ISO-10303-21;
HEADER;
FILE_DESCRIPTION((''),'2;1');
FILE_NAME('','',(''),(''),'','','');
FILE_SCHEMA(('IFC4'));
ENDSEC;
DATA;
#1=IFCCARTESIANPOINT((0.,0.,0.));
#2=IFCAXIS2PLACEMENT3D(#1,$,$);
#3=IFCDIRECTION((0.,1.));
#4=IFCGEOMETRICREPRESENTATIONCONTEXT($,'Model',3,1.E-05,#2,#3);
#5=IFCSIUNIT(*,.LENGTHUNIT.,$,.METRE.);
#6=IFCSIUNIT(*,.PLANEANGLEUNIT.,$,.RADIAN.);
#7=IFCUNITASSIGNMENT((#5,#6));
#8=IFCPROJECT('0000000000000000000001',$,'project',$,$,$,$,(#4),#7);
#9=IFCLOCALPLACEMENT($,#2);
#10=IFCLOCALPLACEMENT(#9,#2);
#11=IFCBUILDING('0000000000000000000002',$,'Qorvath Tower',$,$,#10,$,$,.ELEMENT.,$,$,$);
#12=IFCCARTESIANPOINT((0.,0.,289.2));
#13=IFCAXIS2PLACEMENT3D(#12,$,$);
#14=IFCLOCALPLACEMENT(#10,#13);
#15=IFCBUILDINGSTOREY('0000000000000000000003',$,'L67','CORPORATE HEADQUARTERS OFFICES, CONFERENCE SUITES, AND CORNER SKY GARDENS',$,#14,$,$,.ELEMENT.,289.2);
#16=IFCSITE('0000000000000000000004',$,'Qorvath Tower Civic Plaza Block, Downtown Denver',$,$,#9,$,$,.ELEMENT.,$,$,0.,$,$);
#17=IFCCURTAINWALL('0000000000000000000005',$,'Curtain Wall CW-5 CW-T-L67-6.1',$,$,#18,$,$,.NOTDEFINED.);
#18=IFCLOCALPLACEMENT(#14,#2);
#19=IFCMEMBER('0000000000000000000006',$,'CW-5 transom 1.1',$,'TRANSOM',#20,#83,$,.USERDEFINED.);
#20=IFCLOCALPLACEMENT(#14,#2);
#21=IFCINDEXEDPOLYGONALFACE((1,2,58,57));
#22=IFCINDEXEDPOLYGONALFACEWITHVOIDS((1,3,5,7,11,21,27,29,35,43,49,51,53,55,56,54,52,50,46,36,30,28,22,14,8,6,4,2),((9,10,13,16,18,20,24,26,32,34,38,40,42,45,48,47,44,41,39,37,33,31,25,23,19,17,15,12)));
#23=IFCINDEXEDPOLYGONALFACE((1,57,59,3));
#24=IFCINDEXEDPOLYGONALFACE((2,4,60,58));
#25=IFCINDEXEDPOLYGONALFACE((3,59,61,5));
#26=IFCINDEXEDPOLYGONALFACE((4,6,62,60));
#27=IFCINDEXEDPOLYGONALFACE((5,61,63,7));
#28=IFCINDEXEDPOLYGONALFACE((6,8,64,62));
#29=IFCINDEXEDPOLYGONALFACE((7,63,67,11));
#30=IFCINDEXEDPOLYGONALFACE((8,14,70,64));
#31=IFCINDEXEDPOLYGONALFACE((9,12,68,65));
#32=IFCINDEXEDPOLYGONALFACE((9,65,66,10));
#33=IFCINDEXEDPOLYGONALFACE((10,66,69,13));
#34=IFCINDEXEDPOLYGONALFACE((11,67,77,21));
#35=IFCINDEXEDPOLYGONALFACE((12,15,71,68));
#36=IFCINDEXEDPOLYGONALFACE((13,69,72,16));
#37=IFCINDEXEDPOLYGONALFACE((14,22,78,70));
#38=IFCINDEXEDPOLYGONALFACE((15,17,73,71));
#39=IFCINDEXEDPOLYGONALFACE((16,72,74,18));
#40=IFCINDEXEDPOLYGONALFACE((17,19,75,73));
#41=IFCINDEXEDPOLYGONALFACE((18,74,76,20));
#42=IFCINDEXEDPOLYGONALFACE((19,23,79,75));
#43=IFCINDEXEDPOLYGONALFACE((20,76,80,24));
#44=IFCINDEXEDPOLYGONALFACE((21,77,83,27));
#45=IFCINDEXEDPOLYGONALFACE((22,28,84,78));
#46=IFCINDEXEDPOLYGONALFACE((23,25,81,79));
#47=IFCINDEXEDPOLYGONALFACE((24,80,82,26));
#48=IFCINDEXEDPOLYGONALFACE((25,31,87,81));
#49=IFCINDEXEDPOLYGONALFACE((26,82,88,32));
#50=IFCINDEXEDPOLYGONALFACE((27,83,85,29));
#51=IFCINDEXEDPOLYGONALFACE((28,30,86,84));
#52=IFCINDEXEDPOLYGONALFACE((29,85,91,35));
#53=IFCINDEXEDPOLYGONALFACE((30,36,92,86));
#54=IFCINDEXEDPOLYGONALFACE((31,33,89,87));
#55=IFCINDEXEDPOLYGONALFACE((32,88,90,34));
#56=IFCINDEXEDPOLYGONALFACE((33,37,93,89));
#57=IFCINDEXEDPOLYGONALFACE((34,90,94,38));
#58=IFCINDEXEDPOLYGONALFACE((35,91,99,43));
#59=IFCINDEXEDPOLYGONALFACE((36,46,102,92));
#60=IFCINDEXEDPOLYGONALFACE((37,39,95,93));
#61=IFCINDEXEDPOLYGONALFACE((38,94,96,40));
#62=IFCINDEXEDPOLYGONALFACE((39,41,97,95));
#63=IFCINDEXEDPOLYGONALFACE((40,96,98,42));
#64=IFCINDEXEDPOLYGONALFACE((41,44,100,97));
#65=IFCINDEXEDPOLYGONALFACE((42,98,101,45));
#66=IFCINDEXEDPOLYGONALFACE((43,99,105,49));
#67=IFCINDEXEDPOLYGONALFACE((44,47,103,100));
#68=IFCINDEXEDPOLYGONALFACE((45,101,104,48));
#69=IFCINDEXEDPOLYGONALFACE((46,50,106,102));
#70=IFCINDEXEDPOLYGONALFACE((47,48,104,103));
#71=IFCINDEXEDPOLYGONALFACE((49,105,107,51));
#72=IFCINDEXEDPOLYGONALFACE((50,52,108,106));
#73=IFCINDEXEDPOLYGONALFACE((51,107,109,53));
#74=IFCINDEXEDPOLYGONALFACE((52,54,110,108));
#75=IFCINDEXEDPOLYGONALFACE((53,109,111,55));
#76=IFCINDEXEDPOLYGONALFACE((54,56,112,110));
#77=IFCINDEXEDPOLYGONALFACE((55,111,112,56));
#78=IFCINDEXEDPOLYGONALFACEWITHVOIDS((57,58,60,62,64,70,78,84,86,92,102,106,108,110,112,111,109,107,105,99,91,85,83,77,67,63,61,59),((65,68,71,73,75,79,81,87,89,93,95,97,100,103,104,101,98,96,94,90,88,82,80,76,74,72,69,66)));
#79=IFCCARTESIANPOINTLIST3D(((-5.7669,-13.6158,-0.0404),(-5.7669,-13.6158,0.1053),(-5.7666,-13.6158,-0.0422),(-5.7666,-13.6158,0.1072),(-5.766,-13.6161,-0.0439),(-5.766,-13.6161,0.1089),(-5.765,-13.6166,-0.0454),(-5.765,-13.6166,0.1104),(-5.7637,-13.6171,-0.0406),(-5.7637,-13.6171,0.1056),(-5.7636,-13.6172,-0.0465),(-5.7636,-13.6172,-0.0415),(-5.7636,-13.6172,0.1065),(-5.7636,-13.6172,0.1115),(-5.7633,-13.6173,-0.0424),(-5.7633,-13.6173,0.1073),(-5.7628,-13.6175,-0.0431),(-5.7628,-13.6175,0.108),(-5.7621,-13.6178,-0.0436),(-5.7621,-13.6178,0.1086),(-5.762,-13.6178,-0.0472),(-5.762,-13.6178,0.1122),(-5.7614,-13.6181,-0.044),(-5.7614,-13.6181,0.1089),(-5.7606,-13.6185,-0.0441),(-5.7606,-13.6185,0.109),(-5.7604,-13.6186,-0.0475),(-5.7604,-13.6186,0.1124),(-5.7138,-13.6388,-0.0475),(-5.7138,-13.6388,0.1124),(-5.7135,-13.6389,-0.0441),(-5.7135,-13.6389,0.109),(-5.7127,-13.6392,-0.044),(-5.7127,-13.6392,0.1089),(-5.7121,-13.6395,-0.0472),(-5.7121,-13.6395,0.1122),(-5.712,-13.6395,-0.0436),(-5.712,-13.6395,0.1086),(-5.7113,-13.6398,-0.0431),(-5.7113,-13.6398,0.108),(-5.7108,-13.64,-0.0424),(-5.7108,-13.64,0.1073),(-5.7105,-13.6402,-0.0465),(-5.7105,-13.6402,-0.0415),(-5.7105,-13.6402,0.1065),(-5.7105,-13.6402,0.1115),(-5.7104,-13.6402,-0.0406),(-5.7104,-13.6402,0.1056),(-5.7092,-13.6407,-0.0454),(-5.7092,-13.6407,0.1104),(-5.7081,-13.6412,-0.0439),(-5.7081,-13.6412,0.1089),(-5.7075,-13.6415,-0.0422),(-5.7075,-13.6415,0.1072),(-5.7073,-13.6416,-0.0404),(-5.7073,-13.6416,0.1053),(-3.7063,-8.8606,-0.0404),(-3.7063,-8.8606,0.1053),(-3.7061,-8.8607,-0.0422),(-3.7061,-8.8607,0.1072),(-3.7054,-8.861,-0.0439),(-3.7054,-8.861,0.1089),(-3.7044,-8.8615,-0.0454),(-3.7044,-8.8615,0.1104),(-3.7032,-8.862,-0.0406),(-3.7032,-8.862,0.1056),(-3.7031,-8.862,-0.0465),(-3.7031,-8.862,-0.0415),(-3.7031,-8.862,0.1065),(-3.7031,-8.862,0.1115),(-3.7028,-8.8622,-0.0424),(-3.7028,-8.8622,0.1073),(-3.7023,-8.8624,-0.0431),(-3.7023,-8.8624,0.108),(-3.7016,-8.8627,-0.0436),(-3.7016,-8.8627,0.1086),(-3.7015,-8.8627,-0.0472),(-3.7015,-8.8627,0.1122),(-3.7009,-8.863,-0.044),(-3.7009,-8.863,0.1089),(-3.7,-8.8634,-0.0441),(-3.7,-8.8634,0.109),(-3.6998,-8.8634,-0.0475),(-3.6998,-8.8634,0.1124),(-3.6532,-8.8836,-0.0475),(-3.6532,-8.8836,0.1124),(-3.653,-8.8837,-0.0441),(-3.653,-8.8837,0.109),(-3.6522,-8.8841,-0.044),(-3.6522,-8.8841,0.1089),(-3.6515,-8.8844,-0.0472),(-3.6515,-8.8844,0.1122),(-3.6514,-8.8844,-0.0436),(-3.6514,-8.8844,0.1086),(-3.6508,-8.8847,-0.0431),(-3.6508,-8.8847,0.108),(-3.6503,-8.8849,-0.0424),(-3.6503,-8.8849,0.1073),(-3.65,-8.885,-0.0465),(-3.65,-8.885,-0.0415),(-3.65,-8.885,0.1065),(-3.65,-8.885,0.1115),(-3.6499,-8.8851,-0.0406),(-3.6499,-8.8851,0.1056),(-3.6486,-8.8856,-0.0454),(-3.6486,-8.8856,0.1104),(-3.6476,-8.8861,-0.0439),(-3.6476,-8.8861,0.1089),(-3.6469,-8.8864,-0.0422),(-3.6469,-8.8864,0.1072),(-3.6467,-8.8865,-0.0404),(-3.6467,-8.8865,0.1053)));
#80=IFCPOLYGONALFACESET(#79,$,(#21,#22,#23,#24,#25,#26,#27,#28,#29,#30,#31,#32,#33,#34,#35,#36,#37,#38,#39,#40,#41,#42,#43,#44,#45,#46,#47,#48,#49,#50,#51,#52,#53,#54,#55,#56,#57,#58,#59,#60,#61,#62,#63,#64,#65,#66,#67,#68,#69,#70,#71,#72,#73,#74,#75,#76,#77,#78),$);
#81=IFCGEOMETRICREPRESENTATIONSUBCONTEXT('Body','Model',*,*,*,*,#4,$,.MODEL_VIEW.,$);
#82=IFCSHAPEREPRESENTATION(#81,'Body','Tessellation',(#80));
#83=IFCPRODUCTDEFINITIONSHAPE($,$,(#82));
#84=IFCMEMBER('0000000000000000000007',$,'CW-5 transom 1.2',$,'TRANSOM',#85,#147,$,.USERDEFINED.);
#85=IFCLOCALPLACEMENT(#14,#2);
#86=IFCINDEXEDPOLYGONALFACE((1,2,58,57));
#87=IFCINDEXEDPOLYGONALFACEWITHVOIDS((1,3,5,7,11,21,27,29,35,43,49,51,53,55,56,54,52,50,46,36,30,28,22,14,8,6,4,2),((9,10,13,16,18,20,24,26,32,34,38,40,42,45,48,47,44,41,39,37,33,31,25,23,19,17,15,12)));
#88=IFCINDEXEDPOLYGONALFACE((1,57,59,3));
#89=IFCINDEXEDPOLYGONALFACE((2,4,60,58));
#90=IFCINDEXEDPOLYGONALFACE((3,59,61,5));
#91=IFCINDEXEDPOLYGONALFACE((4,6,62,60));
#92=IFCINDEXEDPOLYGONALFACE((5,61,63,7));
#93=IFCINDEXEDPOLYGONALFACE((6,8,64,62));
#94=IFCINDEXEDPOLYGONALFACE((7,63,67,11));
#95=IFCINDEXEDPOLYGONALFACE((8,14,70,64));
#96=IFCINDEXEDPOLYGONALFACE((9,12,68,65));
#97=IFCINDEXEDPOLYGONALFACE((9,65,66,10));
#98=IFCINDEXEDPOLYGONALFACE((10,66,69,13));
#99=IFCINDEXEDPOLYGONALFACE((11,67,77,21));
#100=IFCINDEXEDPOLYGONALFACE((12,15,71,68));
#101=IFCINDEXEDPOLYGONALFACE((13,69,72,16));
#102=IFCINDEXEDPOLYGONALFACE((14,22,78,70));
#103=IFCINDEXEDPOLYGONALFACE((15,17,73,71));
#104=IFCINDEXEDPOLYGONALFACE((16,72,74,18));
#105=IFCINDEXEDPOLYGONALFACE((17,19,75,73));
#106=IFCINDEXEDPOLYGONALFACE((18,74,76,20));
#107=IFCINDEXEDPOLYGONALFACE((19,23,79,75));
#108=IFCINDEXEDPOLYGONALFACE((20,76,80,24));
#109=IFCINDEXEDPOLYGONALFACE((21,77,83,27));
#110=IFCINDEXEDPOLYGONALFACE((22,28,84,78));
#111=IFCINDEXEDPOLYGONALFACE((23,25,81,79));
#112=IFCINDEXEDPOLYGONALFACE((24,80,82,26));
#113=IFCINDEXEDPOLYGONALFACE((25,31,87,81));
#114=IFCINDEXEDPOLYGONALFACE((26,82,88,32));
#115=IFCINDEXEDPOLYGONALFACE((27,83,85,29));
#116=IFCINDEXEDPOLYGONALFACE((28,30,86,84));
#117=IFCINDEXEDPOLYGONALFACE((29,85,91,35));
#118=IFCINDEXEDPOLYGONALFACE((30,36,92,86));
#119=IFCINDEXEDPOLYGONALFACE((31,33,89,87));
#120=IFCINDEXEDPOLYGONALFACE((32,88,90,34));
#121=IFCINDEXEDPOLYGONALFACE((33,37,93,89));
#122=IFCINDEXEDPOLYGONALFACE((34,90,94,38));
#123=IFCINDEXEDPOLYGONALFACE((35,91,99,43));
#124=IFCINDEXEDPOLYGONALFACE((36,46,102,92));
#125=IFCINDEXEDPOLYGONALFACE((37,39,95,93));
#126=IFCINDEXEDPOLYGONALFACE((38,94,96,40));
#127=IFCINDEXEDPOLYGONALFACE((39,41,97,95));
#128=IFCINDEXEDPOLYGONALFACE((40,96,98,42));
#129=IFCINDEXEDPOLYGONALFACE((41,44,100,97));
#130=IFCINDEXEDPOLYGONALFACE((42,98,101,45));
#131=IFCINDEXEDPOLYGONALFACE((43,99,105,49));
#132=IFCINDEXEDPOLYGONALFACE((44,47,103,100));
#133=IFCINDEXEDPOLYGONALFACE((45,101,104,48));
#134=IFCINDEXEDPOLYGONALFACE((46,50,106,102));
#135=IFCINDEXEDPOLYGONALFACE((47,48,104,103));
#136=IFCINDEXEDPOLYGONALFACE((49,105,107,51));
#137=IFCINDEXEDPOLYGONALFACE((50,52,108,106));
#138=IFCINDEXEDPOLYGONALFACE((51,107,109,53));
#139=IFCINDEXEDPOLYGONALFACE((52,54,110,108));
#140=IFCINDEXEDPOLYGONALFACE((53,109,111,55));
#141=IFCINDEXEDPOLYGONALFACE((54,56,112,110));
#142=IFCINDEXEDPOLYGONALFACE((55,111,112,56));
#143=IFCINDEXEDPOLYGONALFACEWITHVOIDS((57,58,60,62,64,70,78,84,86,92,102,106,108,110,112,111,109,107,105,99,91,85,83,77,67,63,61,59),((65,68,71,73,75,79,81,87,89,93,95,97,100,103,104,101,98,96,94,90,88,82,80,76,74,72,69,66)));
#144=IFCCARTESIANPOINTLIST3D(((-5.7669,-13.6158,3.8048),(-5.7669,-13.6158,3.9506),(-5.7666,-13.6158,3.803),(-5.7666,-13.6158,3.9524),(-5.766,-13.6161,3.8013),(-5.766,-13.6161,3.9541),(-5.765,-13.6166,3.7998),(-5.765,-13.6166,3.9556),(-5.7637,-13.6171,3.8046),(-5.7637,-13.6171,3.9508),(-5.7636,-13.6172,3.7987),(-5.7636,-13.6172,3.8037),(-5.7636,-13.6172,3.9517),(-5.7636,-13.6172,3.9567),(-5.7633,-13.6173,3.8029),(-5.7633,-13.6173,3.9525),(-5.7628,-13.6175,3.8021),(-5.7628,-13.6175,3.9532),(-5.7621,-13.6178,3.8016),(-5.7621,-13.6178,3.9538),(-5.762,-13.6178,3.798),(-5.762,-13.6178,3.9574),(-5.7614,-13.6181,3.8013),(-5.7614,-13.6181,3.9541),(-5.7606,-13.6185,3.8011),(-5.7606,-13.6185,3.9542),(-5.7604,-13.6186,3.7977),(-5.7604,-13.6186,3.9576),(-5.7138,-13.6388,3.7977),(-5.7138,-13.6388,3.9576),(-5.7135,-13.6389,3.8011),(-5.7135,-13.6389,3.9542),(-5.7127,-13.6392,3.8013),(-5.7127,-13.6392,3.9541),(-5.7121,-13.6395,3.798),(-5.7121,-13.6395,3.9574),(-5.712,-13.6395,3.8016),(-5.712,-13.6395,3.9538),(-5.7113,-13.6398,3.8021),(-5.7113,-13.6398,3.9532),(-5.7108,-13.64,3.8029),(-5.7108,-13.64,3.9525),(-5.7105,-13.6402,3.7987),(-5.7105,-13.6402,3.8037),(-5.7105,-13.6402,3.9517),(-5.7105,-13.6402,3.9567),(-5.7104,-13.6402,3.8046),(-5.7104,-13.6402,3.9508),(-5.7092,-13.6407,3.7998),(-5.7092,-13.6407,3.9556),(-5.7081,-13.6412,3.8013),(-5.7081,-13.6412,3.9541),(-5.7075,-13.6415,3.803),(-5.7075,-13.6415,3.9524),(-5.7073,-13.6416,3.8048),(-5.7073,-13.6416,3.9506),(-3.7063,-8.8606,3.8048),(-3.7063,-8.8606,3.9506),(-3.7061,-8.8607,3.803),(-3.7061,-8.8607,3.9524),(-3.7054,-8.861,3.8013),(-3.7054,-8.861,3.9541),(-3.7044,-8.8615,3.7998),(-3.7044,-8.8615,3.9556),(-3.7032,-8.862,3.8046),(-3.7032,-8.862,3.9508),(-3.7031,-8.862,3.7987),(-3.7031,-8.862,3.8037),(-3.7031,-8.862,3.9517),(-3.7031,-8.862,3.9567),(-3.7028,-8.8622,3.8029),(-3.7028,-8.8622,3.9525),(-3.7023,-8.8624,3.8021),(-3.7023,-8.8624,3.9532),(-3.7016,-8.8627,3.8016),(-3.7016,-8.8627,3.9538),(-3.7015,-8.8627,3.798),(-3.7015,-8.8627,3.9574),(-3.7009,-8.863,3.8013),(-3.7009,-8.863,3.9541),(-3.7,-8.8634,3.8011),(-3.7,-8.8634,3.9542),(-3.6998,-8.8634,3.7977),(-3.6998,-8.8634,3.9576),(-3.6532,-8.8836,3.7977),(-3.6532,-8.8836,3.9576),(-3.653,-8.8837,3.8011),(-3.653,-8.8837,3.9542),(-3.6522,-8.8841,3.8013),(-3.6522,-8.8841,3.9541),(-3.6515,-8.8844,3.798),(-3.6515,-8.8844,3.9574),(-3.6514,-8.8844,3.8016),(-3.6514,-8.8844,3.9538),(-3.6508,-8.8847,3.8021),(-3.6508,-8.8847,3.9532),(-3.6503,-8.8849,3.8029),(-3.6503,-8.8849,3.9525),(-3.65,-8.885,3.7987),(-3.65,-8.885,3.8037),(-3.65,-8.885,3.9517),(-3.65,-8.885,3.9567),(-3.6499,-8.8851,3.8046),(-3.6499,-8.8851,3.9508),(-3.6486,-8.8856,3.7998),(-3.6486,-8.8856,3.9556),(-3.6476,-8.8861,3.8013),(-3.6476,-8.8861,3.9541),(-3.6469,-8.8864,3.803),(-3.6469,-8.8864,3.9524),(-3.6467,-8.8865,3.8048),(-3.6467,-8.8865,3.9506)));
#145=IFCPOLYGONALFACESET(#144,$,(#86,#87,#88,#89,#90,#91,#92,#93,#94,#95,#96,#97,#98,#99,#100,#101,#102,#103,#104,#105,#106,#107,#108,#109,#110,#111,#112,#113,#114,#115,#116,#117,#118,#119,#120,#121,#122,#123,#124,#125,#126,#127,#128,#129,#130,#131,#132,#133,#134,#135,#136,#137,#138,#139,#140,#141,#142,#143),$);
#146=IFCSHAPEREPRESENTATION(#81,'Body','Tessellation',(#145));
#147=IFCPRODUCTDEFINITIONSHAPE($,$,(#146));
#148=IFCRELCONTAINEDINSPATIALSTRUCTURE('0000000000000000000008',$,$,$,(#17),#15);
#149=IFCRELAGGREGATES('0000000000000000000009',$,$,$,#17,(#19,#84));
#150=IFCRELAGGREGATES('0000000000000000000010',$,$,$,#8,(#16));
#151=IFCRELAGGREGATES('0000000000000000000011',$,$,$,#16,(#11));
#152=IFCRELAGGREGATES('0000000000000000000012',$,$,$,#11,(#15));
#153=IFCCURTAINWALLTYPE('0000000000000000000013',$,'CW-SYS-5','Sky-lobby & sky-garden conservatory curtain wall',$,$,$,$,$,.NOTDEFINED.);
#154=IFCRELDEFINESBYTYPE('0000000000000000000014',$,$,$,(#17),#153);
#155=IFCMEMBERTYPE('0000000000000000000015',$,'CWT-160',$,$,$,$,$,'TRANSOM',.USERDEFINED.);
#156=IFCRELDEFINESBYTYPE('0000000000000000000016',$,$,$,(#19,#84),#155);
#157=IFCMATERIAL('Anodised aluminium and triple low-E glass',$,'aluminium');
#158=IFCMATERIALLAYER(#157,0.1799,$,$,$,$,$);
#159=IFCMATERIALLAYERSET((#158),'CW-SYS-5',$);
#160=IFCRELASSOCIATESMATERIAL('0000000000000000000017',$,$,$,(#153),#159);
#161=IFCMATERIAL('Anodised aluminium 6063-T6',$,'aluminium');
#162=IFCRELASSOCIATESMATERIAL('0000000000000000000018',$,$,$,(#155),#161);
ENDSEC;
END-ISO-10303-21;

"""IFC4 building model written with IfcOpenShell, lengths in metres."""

from ifc_helpers import new_model, si_unit, direction, frame, origin, origin_2d, place, context, subcontext, project, spatial, hollow_rectangle, extrude, material, layer, layer_set, material_profile, profile_set, type_object, element, aggregate, save


model = new_model("IFC4")

# Units and contexts
model_context = context("Model", 3, precision=1e-05, world=origin(), true_north=direction((0.0, 1.0)))
body_context = subcontext(model_context, "Body", "Model", "MODEL_VIEW")
ifc_project = project(units=[si_unit("LENGTHUNIT", "METRE"), si_unit("PLANEANGLEUNIT", "RADIAN")], contexts=[model_context])

# Site, building, storey
site_placement = place(None, origin())
site = spatial("IfcSite", under=ifc_project, at=site_placement, Name="Qorvath Tower Civic Plaza Block, Downtown Denver", CompositionType="ELEMENT", RefElevation=0.0)
building_placement = place(site_placement, origin())
building = spatial("IfcBuilding", under=site, at=building_placement, Name="Qorvath Tower", CompositionType="ELEMENT")
storey_placement = place(building_placement, frame((0.0, 0.0, 289.2)))
storey = spatial("IfcBuildingStorey", under=building, at=storey_placement, Name="L67", Description="CORPORATE HEADQUARTERS OFFICES, CONFERENCE SUITES, AND CORNER SKY GARDENS", CompositionType="ELEMENT", Elevation=289.2)

# Curtain wall
ifc_material_1 = material(Name="Anodised aluminium and triple low-E glass", Category="aluminium")
ifc_layer_1 = layer(ifc_material_1, 0.1799)
ifc_layer_set_1 = layer_set([ifc_layer_1], Name="CW-SYS-5")
curtain_wall_type = type_object("IfcCurtainWallType", Name="CW-SYS-5", Description="Sky-lobby & sky-garden conservatory curtain wall", PredefinedType="NOTDEFINED", material=ifc_layer_set_1)
curtain_wall_1_placement = place(storey_placement, origin())
curtain_wall_1 = element("IfcCurtainWall", 1, at=curtain_wall_1_placement, inside=storey, type_object=curtain_wall_type, Name="Curtain Wall CW-5 CW-T-L67-6.1", PredefinedType="NOTDEFINED")

# Members
ifc_material_2 = material(Name="Anodised aluminium 6063-T6", Category="aluminium")
ifc_material_profile_1 = material_profile(ifc_material_2, hollow_rectangle(XDim=0.0649, YDim=0.1599, WallThickness=0.0034, InnerFilletRadius=0.0034, OuterFilletRadius=0.0071, at=origin_2d()), Name="CWT 160x65")
ifc_profile_set_1 = profile_set([ifc_material_profile_1], Name="Anodised aluminium 6063-T6")
member_type_1 = type_object("IfcMemberType", Name="CWT-160", ElementType="TRANSOM", PredefinedType="USERDEFINED", material=ifc_profile_set_1)
member_1_placement = place(storey_placement, frame((-5.7371, -13.6287, 0.0325), z_axis=(0.397606, 0.917556, 0.0), x_axis=(-0.917556, 0.397606, 0.0)))
member_1 = element("IfcMember", 2, at=member_1_placement, type_object=member_type_1, Name="CW-5 transom 1.1", ObjectType="TRANSOM", PredefinedType="USERDEFINED", context=body_context, shape_type="SweptSolid", body=[
    extrude(hollow_rectangle(XDim=0.0649, YDim=0.1599, WallThickness=0.0034, InnerFilletRadius=0.0034, OuterFilletRadius=0.0071, at=origin_2d()), origin(), (0.0, 0.0, 1.0), 5.1824),
])
member_2_placement = place(storey_placement, frame((-5.7371, -13.6287, 3.8777), z_axis=(0.397606, 0.917556, 0.0), x_axis=(-0.917556, 0.397606, 0.0)))
member_2 = element("IfcMember", 3, at=member_2_placement, type_object=member_type_1, Name="CW-5 transom 1.2", ObjectType="TRANSOM", PredefinedType="USERDEFINED", context=body_context, shape_type="SweptSolid", body=[
    extrude(hollow_rectangle(XDim=0.0649, YDim=0.1599, WallThickness=0.0034, InnerFilletRadius=0.0034, OuterFilletRadius=0.0071, at=origin_2d()), origin(), (0.0, 0.0, 1.0), 5.1824),
])

aggregate(curtain_wall_1, [member_1, member_2])

save(model, "model.ifc")
